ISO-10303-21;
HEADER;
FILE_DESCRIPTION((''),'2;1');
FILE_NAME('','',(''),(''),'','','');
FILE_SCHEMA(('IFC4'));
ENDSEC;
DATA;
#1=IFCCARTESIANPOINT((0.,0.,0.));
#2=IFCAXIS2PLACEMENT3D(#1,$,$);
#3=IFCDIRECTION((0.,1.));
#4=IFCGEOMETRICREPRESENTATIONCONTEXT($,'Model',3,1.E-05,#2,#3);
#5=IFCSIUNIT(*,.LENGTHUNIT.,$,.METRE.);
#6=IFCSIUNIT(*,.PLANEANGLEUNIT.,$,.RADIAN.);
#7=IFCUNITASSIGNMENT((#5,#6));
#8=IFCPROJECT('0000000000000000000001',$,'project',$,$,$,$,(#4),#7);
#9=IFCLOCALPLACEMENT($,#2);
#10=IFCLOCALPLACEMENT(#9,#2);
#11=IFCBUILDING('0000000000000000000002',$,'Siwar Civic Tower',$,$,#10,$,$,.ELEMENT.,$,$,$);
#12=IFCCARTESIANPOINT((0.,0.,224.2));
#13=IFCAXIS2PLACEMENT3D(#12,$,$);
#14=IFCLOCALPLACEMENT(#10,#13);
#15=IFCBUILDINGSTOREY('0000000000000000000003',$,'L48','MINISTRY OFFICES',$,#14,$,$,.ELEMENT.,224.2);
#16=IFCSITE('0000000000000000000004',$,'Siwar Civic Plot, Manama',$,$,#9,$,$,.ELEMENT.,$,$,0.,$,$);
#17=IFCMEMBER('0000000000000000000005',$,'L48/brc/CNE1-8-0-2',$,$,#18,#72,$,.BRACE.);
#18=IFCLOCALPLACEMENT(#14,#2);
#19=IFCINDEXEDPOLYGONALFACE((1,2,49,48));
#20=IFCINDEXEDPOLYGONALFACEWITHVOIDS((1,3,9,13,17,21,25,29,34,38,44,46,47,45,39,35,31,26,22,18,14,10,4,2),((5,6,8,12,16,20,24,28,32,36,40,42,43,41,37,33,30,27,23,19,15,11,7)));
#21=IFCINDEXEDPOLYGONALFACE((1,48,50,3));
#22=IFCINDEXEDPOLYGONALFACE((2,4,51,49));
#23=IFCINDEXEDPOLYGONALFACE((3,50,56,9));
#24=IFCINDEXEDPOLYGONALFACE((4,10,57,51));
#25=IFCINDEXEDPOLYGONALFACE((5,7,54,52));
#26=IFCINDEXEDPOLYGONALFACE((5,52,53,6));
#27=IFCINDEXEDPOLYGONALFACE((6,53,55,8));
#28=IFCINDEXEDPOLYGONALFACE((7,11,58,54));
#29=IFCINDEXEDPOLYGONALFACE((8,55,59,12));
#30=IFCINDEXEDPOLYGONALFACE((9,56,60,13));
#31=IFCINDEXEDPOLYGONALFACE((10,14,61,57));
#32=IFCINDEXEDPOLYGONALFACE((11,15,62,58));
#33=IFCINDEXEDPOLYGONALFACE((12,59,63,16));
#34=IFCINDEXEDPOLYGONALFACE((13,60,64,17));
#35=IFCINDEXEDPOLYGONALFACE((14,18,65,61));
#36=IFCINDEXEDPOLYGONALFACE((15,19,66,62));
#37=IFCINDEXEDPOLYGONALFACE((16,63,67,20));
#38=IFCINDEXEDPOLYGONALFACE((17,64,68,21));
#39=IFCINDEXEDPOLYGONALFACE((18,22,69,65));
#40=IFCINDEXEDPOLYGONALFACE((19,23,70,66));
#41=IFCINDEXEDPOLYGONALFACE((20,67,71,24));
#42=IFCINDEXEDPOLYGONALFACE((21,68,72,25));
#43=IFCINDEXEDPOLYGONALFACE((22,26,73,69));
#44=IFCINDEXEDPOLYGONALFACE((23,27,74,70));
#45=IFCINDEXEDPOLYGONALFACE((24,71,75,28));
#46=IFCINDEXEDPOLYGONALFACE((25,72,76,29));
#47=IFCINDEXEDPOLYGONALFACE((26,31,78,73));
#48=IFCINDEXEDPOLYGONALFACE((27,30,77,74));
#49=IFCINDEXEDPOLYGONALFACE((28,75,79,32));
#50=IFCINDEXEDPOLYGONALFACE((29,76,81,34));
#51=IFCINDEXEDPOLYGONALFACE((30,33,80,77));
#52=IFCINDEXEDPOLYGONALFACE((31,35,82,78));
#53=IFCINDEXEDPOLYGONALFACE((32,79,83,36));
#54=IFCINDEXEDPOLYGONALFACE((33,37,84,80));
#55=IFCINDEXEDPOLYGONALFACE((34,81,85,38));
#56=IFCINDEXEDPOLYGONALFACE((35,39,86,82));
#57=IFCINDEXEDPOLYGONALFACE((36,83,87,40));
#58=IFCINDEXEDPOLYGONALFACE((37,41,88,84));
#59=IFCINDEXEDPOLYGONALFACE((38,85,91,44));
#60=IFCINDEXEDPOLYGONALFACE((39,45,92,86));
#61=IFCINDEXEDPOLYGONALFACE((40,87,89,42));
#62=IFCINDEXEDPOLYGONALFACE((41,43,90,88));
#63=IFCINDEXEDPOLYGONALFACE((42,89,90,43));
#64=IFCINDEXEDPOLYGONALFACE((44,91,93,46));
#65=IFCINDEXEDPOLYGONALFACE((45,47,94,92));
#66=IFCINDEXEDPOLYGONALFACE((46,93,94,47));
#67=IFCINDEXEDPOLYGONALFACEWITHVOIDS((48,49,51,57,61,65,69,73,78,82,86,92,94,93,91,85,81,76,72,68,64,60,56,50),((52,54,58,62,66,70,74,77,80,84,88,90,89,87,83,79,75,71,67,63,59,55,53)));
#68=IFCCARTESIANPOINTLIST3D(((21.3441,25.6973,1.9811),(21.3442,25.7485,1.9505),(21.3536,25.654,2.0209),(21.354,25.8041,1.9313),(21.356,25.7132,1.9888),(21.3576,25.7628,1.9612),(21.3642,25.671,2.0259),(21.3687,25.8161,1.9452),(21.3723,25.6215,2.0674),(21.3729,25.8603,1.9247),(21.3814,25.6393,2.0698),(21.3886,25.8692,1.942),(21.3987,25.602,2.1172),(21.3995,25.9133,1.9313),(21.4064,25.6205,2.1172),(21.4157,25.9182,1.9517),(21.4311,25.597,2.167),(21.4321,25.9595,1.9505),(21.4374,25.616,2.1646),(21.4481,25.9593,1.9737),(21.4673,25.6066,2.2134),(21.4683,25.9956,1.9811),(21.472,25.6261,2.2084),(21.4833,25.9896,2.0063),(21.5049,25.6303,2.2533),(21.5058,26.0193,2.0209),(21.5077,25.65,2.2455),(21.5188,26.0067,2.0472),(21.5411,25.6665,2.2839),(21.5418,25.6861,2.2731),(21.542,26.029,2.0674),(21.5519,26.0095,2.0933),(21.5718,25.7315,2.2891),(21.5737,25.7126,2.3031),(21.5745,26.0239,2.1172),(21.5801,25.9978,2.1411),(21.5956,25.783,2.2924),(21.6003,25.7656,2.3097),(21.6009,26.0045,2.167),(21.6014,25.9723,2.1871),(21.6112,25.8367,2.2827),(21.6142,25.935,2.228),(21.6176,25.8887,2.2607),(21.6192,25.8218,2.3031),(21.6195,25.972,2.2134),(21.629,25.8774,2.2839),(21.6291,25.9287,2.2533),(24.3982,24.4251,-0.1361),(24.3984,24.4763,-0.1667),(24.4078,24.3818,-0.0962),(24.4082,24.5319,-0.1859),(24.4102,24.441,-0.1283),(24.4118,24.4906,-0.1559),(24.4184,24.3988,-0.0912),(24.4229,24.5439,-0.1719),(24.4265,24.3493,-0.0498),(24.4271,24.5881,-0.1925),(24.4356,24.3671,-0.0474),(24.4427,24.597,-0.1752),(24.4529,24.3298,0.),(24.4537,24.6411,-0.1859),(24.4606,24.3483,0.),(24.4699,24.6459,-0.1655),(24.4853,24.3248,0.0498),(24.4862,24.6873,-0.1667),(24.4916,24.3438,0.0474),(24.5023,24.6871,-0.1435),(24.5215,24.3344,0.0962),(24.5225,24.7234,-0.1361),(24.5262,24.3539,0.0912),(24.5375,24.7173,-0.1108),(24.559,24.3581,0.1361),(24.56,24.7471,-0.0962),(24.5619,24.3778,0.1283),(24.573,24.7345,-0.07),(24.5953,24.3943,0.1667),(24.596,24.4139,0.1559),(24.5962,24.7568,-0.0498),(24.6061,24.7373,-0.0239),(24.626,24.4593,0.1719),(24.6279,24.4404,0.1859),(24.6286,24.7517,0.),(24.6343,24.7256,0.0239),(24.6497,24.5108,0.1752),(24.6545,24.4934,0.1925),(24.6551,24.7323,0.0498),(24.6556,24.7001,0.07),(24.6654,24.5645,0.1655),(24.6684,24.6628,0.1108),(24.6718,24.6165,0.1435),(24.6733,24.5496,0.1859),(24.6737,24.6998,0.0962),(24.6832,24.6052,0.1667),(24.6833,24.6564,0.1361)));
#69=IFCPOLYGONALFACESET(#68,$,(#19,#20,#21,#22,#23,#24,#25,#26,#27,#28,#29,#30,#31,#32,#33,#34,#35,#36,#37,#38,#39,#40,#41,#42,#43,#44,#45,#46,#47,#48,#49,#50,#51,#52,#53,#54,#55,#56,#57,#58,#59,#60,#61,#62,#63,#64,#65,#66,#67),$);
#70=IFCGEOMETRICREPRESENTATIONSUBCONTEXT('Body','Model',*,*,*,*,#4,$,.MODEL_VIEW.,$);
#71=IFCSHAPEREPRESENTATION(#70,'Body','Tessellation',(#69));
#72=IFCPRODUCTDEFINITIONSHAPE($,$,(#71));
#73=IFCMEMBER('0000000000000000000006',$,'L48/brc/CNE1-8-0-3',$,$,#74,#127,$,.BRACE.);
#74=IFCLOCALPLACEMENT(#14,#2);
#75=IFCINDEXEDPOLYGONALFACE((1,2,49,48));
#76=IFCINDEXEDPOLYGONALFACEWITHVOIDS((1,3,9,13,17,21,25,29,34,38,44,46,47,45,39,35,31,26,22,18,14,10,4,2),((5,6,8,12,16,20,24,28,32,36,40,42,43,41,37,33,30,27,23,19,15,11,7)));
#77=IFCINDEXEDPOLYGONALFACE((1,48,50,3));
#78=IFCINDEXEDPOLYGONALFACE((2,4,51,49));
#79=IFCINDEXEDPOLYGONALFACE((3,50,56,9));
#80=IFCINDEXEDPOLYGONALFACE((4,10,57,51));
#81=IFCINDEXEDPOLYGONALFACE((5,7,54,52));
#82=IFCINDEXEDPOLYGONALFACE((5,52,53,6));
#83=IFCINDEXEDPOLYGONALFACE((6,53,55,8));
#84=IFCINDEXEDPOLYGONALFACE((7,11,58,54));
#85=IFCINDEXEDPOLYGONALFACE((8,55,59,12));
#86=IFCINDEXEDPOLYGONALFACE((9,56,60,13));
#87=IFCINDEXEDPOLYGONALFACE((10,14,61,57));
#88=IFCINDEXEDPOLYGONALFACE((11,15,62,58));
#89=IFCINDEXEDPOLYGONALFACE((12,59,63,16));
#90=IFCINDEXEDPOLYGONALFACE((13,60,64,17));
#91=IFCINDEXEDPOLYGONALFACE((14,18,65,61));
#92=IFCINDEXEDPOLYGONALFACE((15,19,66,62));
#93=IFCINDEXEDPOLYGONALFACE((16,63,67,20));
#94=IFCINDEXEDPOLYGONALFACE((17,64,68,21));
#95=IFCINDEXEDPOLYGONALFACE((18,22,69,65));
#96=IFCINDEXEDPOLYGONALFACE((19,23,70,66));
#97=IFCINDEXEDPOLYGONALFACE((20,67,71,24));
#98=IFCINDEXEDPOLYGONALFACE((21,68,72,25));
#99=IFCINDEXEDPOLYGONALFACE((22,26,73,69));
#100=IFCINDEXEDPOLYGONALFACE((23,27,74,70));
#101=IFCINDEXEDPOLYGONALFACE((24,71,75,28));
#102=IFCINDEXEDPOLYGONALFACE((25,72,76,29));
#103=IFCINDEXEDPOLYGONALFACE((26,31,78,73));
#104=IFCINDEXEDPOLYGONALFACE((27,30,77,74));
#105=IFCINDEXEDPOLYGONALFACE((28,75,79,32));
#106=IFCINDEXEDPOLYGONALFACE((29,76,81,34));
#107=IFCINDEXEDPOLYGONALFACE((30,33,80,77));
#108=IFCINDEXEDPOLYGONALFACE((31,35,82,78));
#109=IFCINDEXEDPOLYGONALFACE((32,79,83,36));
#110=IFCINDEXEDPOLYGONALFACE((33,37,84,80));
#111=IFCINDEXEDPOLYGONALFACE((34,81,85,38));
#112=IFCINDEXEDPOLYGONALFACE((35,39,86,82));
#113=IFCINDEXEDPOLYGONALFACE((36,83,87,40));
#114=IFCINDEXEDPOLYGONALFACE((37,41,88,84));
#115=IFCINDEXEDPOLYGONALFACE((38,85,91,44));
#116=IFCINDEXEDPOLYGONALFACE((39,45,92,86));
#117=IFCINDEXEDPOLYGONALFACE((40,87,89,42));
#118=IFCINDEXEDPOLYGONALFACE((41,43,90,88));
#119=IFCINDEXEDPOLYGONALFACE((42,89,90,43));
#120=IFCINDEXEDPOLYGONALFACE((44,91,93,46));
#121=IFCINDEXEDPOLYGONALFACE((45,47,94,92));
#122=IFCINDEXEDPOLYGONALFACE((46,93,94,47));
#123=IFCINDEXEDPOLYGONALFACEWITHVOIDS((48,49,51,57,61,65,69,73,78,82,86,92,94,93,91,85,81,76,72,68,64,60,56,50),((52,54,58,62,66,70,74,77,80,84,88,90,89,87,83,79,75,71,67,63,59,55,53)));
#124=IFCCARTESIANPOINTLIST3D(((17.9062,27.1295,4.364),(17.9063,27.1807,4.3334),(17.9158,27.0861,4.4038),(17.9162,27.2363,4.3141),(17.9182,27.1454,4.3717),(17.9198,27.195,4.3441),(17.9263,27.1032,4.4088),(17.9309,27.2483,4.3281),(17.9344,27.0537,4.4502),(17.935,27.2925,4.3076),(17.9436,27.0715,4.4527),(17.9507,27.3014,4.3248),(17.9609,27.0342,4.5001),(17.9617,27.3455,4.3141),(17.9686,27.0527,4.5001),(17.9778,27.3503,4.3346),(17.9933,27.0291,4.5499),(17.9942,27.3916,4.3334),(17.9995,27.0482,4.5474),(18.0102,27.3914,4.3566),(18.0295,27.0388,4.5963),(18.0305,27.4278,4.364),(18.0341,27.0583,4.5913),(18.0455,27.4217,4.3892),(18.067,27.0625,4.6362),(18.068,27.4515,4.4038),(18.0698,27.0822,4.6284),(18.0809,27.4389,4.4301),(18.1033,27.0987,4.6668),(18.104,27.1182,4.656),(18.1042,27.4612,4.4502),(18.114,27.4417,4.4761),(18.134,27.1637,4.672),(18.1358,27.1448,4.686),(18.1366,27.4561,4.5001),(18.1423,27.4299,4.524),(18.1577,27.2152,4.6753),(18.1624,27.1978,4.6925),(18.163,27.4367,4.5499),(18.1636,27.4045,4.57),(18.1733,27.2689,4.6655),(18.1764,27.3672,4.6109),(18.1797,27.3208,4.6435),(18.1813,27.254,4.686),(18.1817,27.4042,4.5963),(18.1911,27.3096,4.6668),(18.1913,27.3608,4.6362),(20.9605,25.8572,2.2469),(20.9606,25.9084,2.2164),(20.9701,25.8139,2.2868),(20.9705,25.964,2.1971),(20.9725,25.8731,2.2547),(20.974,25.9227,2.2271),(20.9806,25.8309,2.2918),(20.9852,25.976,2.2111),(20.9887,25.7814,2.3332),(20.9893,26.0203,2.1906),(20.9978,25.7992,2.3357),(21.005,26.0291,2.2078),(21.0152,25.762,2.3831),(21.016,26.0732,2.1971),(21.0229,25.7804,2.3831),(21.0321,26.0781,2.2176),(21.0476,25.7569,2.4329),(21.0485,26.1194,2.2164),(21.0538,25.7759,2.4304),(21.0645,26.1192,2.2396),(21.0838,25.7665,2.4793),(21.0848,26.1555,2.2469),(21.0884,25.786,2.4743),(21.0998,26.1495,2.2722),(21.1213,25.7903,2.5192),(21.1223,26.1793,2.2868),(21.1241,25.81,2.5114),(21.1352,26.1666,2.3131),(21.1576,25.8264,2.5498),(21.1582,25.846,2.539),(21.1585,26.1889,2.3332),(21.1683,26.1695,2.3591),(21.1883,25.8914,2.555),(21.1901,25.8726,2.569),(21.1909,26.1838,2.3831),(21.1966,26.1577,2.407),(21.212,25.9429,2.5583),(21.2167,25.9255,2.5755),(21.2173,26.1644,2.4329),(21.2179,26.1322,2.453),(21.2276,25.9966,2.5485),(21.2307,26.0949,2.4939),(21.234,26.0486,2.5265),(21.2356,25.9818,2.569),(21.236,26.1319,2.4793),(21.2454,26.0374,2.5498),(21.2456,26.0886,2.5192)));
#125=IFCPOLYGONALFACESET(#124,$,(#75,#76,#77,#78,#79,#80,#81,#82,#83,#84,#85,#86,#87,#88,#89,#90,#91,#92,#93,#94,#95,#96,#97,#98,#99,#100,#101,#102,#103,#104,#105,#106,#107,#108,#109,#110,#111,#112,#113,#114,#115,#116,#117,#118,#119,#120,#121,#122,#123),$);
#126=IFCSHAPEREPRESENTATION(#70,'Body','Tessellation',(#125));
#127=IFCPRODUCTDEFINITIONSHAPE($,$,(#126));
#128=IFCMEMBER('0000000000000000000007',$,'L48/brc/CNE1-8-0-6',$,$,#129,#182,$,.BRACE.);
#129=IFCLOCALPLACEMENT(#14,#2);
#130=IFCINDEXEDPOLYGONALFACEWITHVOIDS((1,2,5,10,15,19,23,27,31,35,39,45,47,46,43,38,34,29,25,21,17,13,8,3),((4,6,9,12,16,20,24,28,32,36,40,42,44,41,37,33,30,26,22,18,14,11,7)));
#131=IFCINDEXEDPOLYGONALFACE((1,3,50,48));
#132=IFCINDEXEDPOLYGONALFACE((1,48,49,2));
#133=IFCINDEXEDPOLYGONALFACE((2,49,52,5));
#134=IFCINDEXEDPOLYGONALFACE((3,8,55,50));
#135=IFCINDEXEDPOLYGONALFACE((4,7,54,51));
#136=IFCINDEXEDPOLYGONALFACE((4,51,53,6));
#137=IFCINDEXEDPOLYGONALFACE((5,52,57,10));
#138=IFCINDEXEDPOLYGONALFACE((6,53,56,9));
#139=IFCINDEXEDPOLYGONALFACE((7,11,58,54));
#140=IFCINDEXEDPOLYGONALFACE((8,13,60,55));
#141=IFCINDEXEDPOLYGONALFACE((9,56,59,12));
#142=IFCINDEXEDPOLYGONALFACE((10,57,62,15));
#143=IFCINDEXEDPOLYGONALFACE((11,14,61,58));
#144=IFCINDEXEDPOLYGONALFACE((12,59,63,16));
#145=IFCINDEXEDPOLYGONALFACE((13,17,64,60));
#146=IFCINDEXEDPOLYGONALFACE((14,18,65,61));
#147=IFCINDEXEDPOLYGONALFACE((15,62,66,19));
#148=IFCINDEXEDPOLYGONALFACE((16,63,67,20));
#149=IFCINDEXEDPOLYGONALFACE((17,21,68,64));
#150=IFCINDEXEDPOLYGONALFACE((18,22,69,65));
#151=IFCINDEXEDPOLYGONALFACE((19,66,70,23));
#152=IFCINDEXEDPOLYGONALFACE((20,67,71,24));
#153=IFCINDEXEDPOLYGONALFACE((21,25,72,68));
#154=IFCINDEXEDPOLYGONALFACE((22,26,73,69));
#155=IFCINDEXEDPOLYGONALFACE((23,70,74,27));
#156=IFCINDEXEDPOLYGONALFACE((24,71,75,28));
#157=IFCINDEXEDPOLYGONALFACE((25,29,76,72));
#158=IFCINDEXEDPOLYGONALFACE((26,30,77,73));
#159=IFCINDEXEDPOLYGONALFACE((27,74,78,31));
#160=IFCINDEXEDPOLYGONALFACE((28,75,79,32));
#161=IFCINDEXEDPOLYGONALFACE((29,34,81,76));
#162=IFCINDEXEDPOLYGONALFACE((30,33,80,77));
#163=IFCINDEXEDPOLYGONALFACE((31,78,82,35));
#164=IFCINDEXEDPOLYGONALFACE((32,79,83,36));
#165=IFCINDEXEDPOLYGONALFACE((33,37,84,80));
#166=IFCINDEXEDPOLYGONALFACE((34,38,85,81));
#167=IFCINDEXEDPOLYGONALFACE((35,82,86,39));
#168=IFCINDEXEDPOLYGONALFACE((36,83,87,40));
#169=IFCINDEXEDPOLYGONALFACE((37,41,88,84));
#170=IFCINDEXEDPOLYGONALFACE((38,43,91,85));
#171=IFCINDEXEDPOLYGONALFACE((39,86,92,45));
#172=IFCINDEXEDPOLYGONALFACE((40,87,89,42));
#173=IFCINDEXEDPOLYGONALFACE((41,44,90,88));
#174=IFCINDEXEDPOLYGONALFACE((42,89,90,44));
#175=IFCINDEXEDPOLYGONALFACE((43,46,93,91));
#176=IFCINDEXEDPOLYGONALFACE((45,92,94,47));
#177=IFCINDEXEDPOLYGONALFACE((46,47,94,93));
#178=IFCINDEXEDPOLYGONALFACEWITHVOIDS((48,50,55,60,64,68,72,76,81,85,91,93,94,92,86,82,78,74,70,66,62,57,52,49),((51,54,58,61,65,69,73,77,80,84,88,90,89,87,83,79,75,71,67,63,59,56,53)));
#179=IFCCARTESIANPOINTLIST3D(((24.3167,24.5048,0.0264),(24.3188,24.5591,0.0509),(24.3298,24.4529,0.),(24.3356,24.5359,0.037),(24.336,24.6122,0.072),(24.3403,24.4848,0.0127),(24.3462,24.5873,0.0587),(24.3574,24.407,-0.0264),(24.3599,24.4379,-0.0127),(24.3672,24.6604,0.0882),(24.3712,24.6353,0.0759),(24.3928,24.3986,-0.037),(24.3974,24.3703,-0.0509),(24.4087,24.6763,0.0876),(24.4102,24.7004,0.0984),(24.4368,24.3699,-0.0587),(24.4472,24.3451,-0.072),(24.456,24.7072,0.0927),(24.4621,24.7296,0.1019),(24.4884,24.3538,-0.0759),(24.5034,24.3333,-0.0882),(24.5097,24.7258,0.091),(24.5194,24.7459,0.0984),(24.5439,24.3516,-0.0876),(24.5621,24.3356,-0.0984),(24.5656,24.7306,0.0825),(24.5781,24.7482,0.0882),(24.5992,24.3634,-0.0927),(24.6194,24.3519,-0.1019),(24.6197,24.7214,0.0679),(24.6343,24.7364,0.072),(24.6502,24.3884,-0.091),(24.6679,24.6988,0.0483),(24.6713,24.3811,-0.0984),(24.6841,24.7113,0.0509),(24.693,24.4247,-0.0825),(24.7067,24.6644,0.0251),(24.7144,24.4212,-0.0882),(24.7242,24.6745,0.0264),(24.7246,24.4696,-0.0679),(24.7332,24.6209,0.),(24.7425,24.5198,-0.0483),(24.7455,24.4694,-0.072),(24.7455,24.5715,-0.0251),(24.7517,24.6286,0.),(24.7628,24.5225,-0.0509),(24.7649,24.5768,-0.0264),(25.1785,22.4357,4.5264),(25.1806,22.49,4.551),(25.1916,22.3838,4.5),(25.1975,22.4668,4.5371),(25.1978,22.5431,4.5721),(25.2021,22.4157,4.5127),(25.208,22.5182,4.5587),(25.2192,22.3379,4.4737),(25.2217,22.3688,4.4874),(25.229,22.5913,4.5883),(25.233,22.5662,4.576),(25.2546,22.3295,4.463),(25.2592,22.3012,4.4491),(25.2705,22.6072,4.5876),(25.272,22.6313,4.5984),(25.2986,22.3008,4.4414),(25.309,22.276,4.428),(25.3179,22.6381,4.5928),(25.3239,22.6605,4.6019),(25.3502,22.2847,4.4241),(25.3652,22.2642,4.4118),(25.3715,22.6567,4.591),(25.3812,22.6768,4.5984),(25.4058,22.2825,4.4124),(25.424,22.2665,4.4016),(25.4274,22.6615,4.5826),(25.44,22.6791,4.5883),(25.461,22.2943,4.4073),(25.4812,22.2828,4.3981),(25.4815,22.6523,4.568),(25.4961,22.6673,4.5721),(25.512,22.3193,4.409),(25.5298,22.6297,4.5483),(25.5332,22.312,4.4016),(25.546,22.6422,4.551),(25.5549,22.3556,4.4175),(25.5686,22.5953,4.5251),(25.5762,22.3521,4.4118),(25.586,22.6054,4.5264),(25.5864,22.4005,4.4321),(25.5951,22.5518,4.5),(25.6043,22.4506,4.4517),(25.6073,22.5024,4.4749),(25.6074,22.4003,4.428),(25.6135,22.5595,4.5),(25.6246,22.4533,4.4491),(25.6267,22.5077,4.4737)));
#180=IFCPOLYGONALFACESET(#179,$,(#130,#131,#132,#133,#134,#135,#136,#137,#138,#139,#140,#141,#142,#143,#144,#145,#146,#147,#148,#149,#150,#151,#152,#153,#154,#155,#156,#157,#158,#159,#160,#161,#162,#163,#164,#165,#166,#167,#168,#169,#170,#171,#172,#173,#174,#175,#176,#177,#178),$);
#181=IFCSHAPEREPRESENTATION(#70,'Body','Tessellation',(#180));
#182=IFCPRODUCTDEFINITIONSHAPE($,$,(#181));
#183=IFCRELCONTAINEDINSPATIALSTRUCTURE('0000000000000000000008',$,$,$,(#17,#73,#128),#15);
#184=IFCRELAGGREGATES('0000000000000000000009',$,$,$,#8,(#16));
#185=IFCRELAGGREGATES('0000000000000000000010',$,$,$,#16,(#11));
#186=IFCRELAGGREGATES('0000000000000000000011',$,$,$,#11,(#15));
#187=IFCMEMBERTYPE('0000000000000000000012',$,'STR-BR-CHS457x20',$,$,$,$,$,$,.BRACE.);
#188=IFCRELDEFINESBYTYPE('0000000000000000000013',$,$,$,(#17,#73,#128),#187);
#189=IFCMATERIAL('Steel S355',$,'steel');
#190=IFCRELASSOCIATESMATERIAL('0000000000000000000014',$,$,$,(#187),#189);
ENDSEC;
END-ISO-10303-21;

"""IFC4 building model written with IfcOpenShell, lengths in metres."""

from ifc_helpers import new_model, si_unit, direction, frame, origin, origin_2d, place, context, subcontext, project, spatial, hollow_circle, extrude, material, material_profile, profile_set, type_object, element, save


model = new_model("IFC4")

# Units and contexts
model_context = context("Model", 3, precision=1e-05, world=origin(), true_north=direction((0.0, 1.0)))
body_context = subcontext(model_context, "Body", "Model", "MODEL_VIEW")
ifc_project = project(units=[si_unit("LENGTHUNIT", "METRE"), si_unit("PLANEANGLEUNIT", "RADIAN")], contexts=[model_context])

# Site, building, storey
site_placement = place(None, origin())
site = spatial("IfcSite", under=ifc_project, at=site_placement, Name="Siwar Civic Plot, Manama", CompositionType="ELEMENT", RefElevation=0.0)
building_placement = place(site_placement, origin())
building = spatial("IfcBuilding", under=site, at=building_placement, Name="Siwar Civic Tower", CompositionType="ELEMENT")
storey_placement = place(building_placement, frame((0.0, 0.0, 224.2)))
storey = spatial("IfcBuildingStorey", under=building, at=storey_placement, Name="L48", Description="MINISTRY OFFICES", CompositionType="ELEMENT", Elevation=224.2)

# Members
ifc_material_1 = material(Name="Steel S355", Category="steel")
ifc_material_profile_1 = material_profile(ifc_material_1, hollow_circle(Radius=0.2285, WallThickness=0.02, at=origin_2d()), Name="CHS457x20")
ifc_profile_set_1 = profile_set([ifc_material_profile_1], Name="Steel S355")
member_type_1 = type_object("IfcMemberType", Name="STR-BR-CHS457x20", PredefinedType="BRACE", material=ifc_profile_set_1)
for number, where, z_axis, x_axis, name in (
    (1, (24.5408, 24.5408, 0.0), (-0.777546, 0.323884, 0.538999), (-0.384521, -0.923116, 0.0), "L48/brc/CNE1-8-0-2"),
    (2, (21.103, 25.9729, 2.3831), (-0.777572, 0.323895, 0.538955), (-0.384521, -0.923116, 0.0), "L48/brc/CNE1-8-0-3"),
):
    element("IfcMember", number, at=place(storey_placement, frame(where, z_axis=z_axis, x_axis=x_axis)), inside=storey, type_object=member_type_1, Name=name, PredefinedType="BRACE", context=body_context, shape_type="SweptSolid", body=[
        extrude(hollow_circle(Radius=0.2285, WallThickness=0.02, at=origin_2d()), origin(), (0.0, 0.0, 1.0), 3.928),
    ])
member_1_placement = place(storey_placement, frame((24.5408, 24.5408, 0.0), z_axis=(0.171427, -0.41157, 0.895111), x_axis=(0.923125, 0.384499, 0.0)))
element("IfcMember", 3, at=member_1_placement, inside=storey, type_object=member_type_1, Name="L48/brc/CNE1-8-0-6", PredefinedType="BRACE", context=body_context, shape_type="SweptSolid", body=[
    extrude(hollow_circle(Radius=0.2285, WallThickness=0.02, at=origin_2d()), origin(), (0.0, 0.0, 1.0), 5.0273),
])

save(model, "model.ifc")
